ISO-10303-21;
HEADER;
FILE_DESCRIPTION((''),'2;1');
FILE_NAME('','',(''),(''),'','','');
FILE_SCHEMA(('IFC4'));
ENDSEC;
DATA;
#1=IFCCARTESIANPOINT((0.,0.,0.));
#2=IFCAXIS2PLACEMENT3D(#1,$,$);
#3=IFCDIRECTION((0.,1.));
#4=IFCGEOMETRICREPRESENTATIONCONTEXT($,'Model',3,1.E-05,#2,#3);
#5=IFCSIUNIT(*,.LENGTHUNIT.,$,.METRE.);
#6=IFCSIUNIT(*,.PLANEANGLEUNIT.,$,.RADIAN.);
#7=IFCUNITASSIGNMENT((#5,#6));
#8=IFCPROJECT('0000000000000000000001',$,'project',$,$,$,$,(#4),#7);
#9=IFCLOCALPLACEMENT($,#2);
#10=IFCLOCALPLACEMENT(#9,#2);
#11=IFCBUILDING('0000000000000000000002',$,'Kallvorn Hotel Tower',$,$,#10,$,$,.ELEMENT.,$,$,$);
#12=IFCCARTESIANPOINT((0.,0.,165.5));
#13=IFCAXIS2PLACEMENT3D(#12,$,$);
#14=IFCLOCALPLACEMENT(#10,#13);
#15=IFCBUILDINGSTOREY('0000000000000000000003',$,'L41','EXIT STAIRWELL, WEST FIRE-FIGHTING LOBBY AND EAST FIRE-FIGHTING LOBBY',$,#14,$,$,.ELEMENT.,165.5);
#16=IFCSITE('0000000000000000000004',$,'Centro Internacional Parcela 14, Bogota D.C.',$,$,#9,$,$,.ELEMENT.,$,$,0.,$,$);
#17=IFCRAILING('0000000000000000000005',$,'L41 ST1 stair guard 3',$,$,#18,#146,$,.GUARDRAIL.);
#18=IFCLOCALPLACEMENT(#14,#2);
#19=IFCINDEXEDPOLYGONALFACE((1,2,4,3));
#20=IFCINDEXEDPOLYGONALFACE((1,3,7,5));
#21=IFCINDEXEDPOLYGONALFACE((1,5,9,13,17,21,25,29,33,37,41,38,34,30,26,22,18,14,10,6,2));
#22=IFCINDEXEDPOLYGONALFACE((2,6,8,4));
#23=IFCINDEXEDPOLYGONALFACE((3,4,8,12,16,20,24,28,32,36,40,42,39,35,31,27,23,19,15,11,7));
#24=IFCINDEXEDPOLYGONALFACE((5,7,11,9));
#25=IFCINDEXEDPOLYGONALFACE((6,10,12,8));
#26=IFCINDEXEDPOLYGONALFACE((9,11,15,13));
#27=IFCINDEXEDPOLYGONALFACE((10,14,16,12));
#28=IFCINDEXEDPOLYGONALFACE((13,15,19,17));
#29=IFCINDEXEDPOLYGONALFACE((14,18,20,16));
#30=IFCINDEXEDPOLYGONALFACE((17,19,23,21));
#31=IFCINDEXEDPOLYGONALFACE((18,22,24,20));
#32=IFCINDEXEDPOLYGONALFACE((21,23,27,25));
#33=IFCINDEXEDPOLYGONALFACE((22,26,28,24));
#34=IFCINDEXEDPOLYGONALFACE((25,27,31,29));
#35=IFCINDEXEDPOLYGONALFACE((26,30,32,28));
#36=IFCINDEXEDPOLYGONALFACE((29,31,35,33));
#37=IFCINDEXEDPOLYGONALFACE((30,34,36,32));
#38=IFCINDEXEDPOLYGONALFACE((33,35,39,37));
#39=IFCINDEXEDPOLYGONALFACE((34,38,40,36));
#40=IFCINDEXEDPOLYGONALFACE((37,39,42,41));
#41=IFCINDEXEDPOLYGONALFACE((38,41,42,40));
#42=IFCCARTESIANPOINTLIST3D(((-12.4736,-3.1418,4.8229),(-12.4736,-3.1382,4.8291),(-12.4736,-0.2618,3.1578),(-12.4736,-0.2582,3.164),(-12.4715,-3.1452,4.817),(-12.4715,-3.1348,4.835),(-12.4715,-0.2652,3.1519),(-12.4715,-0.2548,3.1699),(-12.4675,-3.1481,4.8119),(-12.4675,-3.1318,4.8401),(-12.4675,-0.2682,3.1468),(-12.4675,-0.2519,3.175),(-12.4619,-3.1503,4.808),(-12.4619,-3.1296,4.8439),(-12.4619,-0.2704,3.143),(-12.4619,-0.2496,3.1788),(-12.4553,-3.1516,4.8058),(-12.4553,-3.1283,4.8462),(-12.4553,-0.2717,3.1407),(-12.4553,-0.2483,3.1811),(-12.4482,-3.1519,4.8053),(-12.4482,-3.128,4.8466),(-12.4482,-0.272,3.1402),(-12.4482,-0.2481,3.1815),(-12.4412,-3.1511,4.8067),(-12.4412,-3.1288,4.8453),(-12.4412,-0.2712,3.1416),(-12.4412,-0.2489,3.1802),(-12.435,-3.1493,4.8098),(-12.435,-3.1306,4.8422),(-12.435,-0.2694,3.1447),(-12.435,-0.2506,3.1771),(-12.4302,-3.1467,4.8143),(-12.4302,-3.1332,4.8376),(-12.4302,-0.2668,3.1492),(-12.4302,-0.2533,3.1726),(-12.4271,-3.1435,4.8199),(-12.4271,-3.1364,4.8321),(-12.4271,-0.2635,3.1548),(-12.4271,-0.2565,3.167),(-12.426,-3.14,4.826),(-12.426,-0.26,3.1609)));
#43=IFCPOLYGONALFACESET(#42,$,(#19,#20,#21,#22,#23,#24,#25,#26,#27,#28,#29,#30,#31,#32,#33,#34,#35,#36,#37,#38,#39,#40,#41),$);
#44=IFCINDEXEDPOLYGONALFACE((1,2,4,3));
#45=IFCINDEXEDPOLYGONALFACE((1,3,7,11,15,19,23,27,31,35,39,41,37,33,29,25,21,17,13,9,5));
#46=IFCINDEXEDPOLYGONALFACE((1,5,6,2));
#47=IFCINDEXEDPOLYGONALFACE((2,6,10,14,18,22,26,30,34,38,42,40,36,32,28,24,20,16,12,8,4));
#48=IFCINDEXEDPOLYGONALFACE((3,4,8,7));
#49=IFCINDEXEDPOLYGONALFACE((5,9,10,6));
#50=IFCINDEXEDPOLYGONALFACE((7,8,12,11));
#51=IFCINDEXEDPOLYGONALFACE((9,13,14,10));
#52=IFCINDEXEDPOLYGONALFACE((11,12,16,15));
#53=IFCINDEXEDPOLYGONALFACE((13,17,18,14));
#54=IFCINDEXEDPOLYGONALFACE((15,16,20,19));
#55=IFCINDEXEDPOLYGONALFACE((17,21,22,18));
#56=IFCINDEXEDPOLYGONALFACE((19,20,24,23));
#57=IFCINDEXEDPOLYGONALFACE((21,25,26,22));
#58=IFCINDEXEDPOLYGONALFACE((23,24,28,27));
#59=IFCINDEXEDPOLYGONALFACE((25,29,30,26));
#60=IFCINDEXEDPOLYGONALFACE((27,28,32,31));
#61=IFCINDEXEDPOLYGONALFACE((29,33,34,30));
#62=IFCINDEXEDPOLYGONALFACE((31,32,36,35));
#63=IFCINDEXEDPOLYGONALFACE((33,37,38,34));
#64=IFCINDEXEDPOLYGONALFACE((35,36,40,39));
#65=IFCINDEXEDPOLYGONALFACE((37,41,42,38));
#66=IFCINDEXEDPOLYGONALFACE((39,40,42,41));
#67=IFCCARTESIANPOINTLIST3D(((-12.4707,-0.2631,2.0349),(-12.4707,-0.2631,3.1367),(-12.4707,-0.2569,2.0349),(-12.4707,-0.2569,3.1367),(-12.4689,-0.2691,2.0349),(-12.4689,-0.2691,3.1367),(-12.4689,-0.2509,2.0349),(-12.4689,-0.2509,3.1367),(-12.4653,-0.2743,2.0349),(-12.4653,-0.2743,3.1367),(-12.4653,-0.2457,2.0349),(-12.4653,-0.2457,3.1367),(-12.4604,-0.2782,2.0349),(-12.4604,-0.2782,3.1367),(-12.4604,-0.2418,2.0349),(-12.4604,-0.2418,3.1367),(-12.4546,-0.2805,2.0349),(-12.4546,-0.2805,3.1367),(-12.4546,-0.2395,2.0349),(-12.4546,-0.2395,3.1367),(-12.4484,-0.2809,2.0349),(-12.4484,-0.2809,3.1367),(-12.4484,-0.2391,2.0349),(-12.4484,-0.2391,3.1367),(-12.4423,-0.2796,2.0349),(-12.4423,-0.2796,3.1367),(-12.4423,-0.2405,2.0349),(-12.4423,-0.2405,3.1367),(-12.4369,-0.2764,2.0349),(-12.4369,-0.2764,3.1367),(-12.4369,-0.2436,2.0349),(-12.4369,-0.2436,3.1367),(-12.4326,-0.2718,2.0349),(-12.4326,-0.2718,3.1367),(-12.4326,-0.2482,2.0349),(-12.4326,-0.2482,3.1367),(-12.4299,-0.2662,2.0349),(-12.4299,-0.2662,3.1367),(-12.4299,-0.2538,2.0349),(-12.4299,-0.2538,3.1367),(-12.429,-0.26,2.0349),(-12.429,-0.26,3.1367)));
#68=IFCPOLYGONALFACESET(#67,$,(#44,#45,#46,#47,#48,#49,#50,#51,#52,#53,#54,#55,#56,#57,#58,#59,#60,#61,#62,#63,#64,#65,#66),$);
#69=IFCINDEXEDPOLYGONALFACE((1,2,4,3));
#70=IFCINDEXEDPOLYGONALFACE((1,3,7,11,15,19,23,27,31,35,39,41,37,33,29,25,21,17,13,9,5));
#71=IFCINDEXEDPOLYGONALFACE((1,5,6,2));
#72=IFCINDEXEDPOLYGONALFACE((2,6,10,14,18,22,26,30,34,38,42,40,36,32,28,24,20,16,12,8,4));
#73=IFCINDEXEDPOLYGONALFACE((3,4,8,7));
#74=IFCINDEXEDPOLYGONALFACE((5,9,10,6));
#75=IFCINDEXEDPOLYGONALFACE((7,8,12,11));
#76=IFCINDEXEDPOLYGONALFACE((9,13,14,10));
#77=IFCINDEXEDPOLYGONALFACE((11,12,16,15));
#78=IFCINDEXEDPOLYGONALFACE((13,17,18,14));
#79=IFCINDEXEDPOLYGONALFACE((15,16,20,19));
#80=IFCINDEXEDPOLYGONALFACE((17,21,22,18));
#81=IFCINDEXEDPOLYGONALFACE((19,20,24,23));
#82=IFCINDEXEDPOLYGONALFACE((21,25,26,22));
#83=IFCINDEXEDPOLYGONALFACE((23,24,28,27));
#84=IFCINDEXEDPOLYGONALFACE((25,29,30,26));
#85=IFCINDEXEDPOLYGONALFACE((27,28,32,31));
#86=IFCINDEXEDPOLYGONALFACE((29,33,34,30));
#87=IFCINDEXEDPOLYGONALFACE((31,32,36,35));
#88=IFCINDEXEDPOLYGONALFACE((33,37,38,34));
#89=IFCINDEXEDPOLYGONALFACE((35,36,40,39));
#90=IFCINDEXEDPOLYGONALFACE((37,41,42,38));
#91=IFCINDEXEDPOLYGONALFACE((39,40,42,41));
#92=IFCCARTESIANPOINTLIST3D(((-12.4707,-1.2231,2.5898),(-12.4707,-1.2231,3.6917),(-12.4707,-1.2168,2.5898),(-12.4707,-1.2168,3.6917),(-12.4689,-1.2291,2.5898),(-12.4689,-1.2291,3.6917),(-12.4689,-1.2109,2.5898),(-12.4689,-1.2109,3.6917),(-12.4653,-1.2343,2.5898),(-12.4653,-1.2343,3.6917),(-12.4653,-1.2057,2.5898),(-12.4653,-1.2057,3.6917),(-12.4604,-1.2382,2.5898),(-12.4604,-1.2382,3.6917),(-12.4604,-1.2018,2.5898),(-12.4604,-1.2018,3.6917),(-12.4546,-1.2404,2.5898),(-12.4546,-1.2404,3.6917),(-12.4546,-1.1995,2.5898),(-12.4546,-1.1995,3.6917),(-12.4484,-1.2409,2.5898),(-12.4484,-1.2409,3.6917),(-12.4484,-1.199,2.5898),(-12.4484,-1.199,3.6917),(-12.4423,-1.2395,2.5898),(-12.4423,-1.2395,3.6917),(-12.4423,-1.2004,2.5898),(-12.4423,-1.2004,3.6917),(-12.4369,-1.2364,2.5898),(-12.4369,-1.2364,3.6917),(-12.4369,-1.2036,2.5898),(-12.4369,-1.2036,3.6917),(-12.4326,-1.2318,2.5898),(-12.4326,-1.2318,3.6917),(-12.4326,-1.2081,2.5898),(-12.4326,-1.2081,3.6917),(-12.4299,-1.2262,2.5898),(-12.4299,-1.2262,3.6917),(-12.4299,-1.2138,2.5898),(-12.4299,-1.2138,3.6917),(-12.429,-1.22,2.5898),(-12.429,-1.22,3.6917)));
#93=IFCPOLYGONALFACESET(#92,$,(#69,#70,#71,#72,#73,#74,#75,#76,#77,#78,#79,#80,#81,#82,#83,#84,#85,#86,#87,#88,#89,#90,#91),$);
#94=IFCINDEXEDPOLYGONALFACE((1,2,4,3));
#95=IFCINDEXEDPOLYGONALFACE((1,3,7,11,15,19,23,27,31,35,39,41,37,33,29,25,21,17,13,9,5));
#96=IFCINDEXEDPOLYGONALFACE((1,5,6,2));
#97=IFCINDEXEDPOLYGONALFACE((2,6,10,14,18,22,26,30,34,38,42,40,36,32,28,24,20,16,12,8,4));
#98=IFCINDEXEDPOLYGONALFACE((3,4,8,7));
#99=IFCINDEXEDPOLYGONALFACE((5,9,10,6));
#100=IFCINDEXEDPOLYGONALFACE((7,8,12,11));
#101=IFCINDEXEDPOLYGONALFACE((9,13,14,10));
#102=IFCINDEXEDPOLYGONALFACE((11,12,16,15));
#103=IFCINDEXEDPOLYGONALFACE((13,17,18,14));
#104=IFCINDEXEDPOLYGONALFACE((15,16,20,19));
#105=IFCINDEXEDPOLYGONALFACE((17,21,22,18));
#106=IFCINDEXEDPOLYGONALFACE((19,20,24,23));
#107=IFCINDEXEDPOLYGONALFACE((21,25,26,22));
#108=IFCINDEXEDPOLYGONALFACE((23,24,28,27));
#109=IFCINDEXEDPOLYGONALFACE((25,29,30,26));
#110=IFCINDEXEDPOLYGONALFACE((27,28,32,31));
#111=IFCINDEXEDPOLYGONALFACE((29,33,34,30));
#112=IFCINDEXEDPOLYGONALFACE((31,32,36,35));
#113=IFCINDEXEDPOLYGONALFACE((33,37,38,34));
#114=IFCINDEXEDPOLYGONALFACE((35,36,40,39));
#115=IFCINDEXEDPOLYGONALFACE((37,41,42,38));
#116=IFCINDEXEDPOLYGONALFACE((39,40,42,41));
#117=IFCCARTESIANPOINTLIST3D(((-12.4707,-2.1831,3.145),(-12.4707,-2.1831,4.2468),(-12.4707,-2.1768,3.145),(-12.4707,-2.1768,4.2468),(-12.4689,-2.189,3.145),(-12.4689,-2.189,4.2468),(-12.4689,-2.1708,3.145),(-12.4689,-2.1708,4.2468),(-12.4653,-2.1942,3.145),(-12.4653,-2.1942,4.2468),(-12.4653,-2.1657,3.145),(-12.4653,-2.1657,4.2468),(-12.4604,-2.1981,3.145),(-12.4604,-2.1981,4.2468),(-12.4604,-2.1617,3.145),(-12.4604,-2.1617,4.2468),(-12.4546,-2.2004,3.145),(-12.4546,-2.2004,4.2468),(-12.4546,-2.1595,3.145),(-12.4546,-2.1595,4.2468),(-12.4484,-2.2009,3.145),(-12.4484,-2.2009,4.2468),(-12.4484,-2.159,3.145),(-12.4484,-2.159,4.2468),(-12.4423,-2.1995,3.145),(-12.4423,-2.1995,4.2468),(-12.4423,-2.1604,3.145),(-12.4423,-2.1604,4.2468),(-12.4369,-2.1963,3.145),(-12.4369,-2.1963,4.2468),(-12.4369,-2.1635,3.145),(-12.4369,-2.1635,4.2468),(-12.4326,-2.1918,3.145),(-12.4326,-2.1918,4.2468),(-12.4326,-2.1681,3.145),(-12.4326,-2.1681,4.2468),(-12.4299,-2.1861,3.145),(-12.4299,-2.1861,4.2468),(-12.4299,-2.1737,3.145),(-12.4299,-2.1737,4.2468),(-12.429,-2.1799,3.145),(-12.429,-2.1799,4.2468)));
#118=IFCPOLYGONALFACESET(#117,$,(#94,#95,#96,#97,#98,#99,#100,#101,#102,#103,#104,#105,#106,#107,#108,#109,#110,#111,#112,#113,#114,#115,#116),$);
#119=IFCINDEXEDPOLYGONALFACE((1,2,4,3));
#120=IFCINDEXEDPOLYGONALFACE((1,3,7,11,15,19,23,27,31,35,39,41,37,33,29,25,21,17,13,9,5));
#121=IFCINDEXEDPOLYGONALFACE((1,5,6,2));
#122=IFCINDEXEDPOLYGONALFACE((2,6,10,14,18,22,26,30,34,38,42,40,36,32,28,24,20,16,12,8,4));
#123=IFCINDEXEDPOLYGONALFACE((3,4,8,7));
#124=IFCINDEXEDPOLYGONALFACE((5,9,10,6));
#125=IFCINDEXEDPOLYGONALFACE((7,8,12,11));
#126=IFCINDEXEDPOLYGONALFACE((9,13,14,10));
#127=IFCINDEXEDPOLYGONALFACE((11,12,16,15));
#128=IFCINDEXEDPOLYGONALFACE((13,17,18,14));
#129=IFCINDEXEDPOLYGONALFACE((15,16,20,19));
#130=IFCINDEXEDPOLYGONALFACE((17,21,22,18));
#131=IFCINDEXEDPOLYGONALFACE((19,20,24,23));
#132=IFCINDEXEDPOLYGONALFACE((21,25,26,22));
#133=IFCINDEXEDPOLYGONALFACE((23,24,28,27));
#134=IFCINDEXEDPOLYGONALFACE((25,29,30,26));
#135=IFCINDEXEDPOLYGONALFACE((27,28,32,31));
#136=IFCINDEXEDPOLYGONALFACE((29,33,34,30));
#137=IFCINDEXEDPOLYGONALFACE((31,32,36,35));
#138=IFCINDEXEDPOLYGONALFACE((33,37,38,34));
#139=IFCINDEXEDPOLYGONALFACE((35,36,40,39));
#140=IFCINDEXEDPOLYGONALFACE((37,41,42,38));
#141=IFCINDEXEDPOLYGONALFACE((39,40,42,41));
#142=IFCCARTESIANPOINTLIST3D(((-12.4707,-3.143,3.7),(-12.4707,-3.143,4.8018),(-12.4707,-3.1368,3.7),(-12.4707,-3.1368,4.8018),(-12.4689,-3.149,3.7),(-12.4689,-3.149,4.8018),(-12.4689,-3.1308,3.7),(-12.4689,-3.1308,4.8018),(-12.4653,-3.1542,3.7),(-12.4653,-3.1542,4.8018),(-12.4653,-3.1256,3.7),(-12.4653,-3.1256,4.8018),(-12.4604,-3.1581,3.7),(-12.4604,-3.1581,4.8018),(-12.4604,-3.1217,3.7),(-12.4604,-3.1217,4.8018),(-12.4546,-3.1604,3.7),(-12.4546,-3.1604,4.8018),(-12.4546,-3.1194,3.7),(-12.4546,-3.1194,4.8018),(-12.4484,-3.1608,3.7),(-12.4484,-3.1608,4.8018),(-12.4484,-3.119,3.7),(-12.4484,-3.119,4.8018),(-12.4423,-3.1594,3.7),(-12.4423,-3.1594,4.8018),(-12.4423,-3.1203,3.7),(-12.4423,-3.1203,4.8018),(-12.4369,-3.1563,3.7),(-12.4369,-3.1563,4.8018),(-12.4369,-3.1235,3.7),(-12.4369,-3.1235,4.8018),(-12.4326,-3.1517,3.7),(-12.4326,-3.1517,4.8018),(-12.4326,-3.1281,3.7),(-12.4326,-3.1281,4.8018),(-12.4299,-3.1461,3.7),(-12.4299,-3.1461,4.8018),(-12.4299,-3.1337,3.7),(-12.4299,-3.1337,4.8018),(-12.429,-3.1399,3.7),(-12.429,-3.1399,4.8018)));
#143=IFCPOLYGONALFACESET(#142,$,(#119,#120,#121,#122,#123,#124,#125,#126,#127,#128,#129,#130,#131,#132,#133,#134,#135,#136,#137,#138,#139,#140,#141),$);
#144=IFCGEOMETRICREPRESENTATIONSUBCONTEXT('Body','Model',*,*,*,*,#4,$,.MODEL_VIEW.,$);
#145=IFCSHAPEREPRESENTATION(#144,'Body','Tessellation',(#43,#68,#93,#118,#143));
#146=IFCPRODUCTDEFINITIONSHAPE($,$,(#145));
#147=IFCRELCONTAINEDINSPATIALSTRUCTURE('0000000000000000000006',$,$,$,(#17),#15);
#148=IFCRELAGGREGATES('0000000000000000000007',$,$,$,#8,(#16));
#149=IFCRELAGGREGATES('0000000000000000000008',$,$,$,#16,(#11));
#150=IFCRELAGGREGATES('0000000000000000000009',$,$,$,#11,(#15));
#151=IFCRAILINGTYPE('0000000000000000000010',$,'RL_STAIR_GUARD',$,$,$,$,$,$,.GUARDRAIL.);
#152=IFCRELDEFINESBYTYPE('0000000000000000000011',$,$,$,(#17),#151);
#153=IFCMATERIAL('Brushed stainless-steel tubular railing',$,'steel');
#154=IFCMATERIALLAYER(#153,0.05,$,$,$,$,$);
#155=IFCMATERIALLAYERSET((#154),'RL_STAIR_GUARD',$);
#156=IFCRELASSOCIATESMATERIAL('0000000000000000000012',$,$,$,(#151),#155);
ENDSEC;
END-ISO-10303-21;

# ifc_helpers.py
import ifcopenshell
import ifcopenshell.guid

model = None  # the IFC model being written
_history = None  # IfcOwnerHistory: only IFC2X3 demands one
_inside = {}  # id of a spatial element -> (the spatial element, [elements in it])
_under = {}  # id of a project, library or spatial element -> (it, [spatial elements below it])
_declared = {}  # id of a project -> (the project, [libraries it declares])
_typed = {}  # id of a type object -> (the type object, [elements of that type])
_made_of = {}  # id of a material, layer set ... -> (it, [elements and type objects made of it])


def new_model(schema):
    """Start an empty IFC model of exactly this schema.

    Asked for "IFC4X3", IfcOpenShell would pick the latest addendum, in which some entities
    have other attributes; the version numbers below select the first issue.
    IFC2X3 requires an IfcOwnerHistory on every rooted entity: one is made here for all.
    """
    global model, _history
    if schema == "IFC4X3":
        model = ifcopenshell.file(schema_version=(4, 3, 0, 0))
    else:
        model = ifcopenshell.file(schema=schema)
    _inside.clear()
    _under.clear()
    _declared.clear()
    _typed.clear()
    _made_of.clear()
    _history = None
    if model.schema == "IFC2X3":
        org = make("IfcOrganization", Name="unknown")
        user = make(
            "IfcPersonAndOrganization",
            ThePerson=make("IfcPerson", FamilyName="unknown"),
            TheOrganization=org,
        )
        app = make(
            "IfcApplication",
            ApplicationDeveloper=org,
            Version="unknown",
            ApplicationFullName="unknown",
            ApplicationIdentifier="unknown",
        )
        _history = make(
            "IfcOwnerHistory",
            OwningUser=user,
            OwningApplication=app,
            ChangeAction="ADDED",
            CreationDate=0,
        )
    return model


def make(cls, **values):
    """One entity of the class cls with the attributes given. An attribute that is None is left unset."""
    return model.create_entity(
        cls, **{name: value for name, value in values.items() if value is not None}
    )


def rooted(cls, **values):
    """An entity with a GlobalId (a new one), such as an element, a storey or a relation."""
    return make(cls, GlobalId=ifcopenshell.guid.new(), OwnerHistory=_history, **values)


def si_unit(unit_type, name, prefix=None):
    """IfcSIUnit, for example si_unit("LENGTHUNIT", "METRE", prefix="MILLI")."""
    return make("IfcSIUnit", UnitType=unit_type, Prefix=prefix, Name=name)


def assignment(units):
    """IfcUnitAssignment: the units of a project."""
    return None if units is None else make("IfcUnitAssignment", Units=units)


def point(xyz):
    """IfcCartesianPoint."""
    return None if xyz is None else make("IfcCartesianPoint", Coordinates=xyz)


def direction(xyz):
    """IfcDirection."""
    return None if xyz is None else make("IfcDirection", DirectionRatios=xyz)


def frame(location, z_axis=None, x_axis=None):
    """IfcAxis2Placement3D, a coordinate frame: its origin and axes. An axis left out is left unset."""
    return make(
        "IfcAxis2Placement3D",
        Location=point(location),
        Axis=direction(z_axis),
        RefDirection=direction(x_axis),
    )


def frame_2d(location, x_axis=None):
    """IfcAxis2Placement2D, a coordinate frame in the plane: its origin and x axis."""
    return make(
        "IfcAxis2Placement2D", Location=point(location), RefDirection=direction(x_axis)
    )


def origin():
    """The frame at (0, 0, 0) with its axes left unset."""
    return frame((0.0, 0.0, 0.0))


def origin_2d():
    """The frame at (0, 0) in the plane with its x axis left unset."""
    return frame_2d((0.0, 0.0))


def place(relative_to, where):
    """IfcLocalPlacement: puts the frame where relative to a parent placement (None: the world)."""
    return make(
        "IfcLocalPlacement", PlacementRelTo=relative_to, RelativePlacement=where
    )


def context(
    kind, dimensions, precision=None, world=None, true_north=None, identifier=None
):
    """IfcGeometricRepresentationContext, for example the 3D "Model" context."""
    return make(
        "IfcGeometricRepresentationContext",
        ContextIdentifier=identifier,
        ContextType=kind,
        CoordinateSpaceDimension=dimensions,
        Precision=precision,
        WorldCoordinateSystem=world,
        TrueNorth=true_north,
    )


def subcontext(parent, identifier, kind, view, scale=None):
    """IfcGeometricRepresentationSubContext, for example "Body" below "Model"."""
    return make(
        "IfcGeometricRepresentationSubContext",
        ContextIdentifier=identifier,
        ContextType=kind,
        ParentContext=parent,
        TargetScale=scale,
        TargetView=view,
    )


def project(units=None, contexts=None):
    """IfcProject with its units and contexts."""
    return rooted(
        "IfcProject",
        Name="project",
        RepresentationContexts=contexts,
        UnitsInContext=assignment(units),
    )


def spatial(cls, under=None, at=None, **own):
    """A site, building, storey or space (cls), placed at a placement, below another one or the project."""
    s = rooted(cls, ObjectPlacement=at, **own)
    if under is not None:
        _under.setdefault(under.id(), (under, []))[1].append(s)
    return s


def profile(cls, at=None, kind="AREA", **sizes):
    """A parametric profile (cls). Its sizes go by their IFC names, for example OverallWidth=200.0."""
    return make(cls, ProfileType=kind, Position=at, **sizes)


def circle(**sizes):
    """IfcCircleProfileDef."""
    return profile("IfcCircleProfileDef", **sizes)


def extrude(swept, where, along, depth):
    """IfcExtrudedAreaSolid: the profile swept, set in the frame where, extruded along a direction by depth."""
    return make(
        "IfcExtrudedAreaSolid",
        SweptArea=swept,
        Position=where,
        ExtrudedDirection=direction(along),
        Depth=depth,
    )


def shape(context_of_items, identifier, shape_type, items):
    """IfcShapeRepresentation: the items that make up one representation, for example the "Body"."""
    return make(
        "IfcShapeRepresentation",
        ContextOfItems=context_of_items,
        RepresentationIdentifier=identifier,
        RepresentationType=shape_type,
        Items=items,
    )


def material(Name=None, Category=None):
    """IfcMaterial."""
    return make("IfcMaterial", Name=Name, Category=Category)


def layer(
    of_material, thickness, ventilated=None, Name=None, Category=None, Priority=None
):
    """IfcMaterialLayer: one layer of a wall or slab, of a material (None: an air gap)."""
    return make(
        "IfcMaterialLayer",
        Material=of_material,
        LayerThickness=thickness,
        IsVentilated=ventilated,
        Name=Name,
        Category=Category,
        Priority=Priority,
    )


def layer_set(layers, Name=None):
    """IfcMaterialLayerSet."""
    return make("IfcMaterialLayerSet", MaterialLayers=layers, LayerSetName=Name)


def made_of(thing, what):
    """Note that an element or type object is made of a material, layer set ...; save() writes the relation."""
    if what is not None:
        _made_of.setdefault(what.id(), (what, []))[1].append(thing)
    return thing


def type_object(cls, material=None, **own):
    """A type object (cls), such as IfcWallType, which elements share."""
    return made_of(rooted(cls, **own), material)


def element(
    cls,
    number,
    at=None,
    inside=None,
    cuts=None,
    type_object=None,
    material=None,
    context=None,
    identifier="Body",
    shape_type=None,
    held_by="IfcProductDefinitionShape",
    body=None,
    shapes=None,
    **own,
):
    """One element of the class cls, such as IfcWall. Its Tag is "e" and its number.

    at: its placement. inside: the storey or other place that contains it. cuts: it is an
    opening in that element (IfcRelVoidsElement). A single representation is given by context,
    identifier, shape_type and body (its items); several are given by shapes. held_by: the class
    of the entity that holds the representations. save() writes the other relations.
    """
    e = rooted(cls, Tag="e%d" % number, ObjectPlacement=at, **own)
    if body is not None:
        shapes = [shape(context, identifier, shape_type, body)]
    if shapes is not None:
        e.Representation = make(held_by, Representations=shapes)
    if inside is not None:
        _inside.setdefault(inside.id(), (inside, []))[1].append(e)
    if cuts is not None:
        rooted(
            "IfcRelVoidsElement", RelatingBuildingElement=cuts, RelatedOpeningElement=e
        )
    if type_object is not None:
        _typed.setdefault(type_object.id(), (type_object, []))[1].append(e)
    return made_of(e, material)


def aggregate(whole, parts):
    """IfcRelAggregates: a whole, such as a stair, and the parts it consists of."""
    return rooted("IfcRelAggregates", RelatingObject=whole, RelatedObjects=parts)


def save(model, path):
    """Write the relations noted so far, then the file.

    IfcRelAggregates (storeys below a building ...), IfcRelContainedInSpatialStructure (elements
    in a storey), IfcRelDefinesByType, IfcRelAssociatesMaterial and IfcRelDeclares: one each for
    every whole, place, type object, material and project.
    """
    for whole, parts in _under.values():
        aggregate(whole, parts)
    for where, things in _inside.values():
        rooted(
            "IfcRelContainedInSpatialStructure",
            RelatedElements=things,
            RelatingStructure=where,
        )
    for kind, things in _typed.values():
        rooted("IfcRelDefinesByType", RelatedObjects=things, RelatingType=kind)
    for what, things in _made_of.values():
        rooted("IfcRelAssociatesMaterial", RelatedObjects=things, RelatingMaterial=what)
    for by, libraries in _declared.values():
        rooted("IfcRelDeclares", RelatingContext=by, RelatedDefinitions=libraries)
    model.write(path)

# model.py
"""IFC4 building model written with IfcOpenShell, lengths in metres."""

from ifc_helpers import new_model, si_unit, direction, frame, origin, origin_2d, place, context, subcontext, project, spatial, circle, extrude, material, layer, layer_set, type_object, element, save


model = new_model("IFC4")

# Units and contexts
model_context = context("Model", 3, precision=1e-05, world=origin(), true_north=direction((0.0, 1.0)))
body_context = subcontext(model_context, "Body", "Model", "MODEL_VIEW")
ifc_project = project(units=[si_unit("LENGTHUNIT", "METRE"), si_unit("PLANEANGLEUNIT", "RADIAN")], contexts=[model_context])

# Site, building, storey
site_placement = place(None, origin())
site = spatial("IfcSite", under=ifc_project, at=site_placement, Name="Centro Internacional Parcela 14, Bogota D.C.", CompositionType="ELEMENT", RefElevation=0.0)
building_placement = place(site_placement, origin())
building = spatial("IfcBuilding", under=site, at=building_placement, Name="Kallvorn Hotel Tower", CompositionType="ELEMENT")
storey_placement = place(building_placement, frame((0.0, 0.0, 165.5)))
storey = spatial("IfcBuildingStorey", under=building, at=storey_placement, Name="L41", Description="EXIT STAIRWELL, WEST FIRE-FIGHTING LOBBY AND EAST FIRE-FIGHTING LOBBY", CompositionType="ELEMENT", Elevation=165.5)

# Railing
ifc_material_1 = material(Name="Brushed stainless-steel tubular railing", Category="steel")
ifc_layer_1 = layer(ifc_material_1, 0.05)
ifc_layer_set_1 = layer_set([ifc_layer_1], Name="RL_STAIR_GUARD")
railing_type_1 = type_object("IfcRailingType", Name="RL_STAIR_GUARD", PredefinedType="GUARDRAIL", material=ifc_layer_set_1)
railing_1_placement = place(storey_placement, frame((-12.45, -0.26, 2.0349)))
element("IfcRailing", 1, at=railing_1_placement, inside=storey, type_object=railing_type_1, Name="L41 ST1 stair guard 3", PredefinedType="GUARDRAIL", context=body_context, shape_type="SweptSolid", body=[
    extrude(circle(Radius=0.0239, at=origin_2d()), frame((0.0, 0.0, 1.126), z_axis=(0.0, -0.865721, 0.500527), x_axis=(1.0, 0.0, 0.0)), (0.0, 0.0, 1.0), 3.3267),
    extrude(circle(Radius=0.021, at=origin_2d()), origin(), (0.0, 0.0, 1.0), 1.1018),
    extrude(circle(Radius=0.021, at=origin_2d()), frame((0.0, -0.96, 0.5549)), (0.0, 0.0, 1.0), 1.1018),
    extrude(circle(Radius=0.021, at=origin_2d()), frame((0.0, -1.9199, 1.1101)), (0.0, 0.0, 1.0), 1.1018),
    extrude(circle(Radius=0.021, at=origin_2d()), frame((0.0, -2.8799, 1.665)), (0.0, 0.0, 1.0), 1.1018),
])

save(model, "model.ifc")
